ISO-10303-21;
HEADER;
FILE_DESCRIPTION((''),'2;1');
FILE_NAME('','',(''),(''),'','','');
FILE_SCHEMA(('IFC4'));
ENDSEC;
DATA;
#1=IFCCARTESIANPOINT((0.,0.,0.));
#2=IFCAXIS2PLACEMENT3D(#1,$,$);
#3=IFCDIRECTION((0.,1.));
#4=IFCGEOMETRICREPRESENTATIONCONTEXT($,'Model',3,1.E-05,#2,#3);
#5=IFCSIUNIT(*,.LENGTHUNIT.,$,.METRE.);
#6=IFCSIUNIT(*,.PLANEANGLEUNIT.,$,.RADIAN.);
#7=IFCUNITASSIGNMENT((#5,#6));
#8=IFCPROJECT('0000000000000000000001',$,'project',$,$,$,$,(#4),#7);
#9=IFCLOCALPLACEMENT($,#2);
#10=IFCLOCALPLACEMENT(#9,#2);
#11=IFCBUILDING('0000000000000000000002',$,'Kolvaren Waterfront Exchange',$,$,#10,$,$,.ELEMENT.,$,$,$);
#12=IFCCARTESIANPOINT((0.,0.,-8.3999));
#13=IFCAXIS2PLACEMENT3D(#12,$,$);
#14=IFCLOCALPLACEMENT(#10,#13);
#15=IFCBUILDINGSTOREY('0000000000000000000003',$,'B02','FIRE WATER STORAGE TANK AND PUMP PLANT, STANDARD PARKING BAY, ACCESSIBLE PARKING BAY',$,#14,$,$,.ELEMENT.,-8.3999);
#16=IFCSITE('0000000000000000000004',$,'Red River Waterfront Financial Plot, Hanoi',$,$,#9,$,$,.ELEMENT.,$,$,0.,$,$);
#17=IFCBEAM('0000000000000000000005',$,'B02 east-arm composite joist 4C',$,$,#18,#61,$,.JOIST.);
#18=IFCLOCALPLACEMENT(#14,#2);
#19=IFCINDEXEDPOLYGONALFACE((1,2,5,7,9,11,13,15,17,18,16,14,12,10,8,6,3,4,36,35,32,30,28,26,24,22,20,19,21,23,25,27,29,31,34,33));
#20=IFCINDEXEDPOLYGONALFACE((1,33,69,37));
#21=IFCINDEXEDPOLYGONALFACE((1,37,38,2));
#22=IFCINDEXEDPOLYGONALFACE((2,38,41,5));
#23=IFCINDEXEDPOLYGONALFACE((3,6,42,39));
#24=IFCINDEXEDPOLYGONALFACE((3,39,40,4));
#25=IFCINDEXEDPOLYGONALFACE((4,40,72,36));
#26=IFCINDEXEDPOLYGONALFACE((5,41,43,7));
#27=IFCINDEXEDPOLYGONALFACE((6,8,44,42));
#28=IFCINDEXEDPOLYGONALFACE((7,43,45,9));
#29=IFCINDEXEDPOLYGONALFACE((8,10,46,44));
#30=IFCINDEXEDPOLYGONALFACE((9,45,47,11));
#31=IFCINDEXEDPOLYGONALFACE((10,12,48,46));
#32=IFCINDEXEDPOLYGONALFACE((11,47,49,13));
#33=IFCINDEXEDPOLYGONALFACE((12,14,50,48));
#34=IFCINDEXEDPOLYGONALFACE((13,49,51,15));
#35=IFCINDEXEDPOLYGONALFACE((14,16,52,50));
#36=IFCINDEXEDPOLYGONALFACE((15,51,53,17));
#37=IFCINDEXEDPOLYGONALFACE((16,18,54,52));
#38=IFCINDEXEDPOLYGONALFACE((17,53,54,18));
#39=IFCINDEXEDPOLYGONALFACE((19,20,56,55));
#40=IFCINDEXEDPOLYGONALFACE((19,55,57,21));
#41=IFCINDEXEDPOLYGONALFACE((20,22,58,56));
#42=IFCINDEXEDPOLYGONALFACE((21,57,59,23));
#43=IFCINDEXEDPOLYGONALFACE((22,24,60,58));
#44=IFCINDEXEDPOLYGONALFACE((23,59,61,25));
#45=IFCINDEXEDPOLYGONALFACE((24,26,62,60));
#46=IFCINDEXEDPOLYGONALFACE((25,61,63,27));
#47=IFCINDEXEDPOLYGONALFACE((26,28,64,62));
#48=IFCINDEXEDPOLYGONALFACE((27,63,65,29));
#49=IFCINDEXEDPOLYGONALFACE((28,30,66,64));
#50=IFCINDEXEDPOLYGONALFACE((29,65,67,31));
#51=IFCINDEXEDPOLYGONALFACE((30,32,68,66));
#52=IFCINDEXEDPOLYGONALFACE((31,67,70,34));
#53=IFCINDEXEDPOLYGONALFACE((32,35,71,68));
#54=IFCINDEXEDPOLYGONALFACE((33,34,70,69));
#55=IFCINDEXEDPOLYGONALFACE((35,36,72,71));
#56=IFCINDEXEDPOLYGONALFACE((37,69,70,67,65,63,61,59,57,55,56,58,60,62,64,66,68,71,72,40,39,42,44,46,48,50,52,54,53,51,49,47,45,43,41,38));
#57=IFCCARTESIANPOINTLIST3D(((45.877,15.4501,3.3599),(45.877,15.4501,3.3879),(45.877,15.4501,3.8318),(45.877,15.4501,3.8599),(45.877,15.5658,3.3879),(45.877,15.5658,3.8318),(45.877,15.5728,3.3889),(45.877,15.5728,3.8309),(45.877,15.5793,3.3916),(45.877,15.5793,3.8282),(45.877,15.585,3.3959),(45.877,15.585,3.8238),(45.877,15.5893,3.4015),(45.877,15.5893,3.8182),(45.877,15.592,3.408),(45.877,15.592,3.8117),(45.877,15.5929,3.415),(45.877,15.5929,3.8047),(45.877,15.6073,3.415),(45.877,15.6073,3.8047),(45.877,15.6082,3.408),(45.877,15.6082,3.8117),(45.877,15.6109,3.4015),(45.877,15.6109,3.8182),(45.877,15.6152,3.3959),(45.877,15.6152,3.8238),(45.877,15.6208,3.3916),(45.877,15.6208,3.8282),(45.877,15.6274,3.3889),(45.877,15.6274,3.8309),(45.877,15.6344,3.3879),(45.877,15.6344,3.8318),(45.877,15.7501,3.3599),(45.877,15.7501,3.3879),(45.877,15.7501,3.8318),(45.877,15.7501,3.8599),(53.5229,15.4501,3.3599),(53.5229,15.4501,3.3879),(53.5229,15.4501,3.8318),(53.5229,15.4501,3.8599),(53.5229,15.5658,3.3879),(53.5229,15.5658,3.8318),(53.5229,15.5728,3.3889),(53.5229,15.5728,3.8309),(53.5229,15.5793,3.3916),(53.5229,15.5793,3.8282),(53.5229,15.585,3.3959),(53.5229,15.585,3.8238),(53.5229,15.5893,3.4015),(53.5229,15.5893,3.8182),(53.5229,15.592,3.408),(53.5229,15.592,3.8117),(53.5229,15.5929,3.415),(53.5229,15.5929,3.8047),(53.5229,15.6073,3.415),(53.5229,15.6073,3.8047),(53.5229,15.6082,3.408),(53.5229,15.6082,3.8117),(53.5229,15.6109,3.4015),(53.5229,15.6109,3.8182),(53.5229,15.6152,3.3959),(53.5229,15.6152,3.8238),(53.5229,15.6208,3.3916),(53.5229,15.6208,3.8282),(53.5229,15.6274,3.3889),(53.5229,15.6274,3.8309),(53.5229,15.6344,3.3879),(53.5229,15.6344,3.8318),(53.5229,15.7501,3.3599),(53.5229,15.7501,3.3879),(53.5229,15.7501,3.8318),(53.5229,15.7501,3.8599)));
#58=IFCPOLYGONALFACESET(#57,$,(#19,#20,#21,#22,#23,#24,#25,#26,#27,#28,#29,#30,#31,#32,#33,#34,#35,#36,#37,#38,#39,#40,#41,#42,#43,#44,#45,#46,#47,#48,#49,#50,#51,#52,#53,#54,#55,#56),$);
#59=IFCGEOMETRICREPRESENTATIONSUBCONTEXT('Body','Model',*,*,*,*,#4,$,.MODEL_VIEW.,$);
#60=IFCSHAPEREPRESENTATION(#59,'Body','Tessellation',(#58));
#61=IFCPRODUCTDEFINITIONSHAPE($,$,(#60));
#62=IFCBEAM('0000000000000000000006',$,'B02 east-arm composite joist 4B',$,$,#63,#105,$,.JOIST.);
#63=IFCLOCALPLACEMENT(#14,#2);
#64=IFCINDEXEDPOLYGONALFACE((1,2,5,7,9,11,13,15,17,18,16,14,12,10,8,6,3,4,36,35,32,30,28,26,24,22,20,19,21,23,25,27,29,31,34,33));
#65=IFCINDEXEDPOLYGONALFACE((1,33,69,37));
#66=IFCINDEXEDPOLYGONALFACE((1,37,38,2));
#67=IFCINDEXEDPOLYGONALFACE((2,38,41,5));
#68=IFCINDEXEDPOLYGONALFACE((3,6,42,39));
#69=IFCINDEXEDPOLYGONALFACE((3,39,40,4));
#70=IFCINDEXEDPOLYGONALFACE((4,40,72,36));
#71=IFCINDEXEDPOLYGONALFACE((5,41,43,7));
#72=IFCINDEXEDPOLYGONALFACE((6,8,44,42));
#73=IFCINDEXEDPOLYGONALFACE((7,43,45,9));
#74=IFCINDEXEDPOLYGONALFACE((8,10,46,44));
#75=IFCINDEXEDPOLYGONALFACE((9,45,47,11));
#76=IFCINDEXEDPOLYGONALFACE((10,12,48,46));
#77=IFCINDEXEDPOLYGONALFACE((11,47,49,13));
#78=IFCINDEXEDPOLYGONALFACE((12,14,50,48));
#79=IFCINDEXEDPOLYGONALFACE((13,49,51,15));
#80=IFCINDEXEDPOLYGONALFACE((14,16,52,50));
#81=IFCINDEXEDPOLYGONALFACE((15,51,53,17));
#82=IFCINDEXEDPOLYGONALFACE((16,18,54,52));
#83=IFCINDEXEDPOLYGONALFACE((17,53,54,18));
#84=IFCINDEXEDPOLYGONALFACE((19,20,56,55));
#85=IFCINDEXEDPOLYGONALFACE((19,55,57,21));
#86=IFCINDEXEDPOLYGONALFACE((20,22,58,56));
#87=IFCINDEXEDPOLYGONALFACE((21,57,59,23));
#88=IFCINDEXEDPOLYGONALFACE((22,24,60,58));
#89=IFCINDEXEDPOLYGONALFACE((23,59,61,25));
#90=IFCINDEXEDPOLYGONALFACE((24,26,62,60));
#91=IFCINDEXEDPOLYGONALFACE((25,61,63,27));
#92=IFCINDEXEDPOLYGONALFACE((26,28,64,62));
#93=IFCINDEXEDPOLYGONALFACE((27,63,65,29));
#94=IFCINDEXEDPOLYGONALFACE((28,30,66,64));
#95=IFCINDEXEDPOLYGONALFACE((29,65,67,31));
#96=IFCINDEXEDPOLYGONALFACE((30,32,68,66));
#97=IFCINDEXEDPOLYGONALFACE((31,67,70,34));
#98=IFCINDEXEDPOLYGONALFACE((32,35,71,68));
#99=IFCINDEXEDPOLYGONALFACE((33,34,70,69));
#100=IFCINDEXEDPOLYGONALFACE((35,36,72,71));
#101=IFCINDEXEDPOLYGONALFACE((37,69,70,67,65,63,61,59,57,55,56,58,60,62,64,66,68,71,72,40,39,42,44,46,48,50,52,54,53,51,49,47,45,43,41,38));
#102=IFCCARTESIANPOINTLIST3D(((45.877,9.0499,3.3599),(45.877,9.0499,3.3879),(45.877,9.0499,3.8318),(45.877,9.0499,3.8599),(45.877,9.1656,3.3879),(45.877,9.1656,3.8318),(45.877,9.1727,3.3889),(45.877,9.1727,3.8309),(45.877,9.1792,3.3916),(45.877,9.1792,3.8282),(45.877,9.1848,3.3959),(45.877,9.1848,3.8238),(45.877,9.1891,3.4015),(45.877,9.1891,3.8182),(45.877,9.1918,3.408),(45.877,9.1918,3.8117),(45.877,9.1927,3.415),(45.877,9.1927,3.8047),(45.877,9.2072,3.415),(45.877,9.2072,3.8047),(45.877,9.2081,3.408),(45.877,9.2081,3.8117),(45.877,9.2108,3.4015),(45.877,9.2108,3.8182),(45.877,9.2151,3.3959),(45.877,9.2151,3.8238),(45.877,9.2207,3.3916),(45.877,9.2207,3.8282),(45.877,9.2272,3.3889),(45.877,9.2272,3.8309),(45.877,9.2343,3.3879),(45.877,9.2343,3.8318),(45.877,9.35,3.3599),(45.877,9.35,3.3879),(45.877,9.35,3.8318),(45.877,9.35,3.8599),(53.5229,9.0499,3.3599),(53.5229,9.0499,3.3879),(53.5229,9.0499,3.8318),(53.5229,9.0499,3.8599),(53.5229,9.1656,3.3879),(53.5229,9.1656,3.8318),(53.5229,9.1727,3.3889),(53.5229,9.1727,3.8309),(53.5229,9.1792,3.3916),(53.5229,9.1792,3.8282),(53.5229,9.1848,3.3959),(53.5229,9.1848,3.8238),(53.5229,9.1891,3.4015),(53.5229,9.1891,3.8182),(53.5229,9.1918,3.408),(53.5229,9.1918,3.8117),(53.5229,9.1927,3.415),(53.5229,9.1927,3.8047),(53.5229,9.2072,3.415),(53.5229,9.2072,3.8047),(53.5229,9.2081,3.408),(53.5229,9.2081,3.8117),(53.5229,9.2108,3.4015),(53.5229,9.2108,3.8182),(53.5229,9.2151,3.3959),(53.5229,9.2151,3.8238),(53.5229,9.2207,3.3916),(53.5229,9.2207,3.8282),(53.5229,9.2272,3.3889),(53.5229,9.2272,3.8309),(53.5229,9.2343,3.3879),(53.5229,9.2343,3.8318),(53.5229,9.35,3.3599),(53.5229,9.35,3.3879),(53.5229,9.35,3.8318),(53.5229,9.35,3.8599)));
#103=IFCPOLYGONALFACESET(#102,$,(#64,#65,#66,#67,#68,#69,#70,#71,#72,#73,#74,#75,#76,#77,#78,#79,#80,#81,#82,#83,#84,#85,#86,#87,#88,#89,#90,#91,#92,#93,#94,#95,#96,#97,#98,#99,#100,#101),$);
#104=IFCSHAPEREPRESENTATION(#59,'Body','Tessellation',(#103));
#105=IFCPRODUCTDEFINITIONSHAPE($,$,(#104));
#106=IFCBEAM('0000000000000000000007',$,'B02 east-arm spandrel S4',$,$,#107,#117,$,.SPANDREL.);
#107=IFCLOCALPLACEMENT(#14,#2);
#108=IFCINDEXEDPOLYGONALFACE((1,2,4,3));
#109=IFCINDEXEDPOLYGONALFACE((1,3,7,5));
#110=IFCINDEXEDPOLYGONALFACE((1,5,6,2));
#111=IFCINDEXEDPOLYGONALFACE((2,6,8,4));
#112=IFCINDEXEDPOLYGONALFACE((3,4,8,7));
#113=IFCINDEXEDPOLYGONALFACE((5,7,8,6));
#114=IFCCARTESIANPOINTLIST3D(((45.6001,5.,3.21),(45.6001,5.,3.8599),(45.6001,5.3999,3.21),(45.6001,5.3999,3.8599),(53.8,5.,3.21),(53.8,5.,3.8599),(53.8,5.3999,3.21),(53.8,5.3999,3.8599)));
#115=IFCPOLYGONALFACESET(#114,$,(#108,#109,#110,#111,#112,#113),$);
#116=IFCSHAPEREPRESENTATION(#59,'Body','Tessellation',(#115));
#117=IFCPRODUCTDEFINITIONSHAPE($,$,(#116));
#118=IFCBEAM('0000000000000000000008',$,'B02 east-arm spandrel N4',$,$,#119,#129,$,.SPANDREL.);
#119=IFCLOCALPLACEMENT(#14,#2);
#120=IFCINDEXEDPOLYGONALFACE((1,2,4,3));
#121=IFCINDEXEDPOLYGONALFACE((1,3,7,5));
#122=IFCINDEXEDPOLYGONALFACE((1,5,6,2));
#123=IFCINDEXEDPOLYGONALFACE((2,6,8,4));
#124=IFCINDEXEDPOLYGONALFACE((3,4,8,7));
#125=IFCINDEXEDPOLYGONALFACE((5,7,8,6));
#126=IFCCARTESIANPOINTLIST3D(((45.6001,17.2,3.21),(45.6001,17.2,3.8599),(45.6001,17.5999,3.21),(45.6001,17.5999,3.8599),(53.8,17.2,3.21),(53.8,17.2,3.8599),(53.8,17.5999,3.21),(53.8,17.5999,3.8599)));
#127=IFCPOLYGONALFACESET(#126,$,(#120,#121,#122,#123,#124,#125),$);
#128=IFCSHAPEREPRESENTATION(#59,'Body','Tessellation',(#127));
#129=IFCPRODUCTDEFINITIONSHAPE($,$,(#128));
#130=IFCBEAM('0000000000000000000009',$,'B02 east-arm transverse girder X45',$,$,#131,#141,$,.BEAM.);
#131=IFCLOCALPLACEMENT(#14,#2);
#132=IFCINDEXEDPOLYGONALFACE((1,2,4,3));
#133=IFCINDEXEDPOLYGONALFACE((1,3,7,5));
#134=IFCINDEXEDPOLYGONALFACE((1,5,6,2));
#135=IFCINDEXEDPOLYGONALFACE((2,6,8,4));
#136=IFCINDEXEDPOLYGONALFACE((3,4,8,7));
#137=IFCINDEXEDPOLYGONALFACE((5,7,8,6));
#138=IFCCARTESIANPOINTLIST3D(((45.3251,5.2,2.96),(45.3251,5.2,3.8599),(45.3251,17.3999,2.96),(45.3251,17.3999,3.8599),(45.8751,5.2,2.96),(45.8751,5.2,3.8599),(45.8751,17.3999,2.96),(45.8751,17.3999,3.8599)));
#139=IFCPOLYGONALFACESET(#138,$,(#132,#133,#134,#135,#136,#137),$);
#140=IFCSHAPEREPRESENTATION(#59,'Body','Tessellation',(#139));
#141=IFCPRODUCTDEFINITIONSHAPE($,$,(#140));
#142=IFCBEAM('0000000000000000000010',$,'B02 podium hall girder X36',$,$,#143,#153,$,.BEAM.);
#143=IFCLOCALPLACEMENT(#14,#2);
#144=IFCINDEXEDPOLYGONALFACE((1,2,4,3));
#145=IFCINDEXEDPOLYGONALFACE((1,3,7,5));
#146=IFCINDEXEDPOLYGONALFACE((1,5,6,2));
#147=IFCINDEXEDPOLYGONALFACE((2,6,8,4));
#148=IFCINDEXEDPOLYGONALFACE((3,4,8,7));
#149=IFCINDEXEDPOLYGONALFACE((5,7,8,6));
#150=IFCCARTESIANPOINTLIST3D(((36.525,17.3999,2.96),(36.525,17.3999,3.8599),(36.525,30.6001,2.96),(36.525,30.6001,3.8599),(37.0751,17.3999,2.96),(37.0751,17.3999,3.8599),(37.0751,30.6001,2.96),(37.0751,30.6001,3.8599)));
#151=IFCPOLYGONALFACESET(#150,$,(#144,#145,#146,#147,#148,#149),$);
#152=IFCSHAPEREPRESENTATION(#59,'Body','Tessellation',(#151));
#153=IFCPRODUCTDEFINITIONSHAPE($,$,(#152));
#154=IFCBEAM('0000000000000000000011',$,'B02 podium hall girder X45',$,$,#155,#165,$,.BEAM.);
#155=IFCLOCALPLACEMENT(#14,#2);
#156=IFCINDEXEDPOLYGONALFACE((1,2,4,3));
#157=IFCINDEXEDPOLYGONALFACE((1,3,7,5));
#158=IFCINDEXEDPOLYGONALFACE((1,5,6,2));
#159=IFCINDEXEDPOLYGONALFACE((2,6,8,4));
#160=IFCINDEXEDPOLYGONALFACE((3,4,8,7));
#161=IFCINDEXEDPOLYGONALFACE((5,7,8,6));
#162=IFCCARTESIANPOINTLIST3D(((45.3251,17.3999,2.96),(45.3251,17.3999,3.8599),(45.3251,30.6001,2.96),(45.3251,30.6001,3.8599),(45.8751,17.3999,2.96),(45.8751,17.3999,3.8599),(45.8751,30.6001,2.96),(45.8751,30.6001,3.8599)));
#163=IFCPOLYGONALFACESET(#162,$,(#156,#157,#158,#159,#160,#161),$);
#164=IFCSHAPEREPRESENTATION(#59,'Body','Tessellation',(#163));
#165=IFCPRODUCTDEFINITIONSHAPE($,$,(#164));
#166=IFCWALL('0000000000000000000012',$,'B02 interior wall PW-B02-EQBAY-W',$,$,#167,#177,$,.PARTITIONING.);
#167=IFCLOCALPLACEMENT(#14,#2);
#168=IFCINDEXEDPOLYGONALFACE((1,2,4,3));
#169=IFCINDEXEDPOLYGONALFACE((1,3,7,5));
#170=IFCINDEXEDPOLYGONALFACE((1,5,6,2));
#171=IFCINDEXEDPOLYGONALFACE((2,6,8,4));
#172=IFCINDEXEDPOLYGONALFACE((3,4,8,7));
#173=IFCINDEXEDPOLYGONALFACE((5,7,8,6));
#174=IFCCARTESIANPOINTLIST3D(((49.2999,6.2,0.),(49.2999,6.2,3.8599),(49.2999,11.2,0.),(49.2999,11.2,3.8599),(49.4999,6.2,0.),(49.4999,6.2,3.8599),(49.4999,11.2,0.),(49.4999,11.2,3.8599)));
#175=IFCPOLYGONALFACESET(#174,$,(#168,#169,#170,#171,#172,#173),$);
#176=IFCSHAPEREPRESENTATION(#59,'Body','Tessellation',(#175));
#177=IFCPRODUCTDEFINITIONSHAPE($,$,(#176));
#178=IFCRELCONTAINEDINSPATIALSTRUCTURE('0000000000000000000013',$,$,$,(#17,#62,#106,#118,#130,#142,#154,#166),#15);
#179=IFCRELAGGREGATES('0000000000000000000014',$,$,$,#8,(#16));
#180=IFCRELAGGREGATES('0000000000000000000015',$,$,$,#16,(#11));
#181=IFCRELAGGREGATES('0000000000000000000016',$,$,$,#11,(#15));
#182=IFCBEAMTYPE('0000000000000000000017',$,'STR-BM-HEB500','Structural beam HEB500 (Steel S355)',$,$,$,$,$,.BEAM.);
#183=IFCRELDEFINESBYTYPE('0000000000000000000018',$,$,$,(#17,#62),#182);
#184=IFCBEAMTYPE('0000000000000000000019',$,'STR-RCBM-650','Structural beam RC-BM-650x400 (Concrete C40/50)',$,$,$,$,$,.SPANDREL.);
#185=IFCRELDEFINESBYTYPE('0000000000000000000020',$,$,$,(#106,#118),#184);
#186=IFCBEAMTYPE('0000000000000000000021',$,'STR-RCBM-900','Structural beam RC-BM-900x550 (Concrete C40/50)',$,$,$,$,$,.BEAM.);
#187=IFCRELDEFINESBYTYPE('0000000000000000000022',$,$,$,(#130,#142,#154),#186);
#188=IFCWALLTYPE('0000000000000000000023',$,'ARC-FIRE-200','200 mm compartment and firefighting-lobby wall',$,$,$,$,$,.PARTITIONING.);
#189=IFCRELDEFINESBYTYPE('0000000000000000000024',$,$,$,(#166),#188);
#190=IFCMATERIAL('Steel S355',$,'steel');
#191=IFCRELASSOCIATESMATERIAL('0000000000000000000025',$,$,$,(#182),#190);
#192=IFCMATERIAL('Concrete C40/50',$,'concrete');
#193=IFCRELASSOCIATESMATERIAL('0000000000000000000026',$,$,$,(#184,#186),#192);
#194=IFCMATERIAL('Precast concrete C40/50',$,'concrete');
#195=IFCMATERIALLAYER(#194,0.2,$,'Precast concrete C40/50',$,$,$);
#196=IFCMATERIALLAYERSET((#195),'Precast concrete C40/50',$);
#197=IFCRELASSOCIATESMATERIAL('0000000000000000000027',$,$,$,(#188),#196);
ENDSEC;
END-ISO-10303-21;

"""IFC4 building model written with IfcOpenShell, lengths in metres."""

from ifc_helpers import new_model, si_unit, direction, frame, frame_2d, origin, origin_2d, place, context, subcontext, project, spatial, rectangle, i_section, extrude, material, layer, layer_set, material_profile, profile_set, type_object, element, save


model = new_model("IFC4")

# Units and contexts
model_context = context("Model", 3, precision=1e-05, world=origin(), true_north=direction((0.0, 1.0)))
body_context = subcontext(model_context, "Body", "Model", "MODEL_VIEW")
ifc_project = project(units=[si_unit("LENGTHUNIT", "METRE"), si_unit("PLANEANGLEUNIT", "RADIAN")], contexts=[model_context])

# Site, building, storey
site_placement = place(None, origin())
site = spatial("IfcSite", under=ifc_project, at=site_placement, Name="Red River Waterfront Financial Plot, Hanoi", CompositionType="ELEMENT", RefElevation=0.0)
building_placement = place(site_placement, origin())
building = spatial("IfcBuilding", under=site, at=building_placement, Name="Kolvaren Waterfront Exchange", CompositionType="ELEMENT")
storey_placement = place(building_placement, frame((0.0, 0.0, -8.3999)))
storey = spatial("IfcBuildingStorey", under=building, at=storey_placement, Name="B02", Description="FIRE WATER STORAGE TANK AND PUMP PLANT, STANDARD PARKING BAY, ACCESSIBLE PARKING BAY", CompositionType="ELEMENT", Elevation=-8.3999)

# Beams
ifc_material_1 = material(Name="Steel S355", Category="steel")
ifc_material_profile_1 = material_profile(ifc_material_1, i_section(OverallWidth=0.3, OverallDepth=0.5, WebThickness=0.0144, FlangeThickness=0.0281, FilletRadius=0.0271, at=origin_2d()), Name="HEB500")
ifc_profile_set_1 = profile_set([ifc_material_profile_1], Name="Steel S355")
beam_type_1 = type_object("IfcBeamType", Name="STR-BM-HEB500", Description="Structural beam HEB500 (Steel S355)", PredefinedType="BEAM", material=ifc_profile_set_1)
for number, where, z_axis, x_axis, name in (
    (1, (45.877, 15.6001, 3.6099), (1.0, 0.0, 0.0), (0.0, 1.0, 0.0), "B02 east-arm composite joist 4C"),
    (2, (45.877, 9.2, 3.6099), (1.0, 0.0, 0.0), (0.0, 1.0, 0.0), "B02 east-arm composite joist 4B"),
):
    element("IfcBeam", number, at=place(storey_placement, frame(where, z_axis=z_axis, x_axis=x_axis)), inside=storey, type_object=beam_type_1, Name=name, PredefinedType="JOIST", context=body_context, shape_type="SweptSolid", body=[
        extrude(i_section(OverallWidth=0.3, OverallDepth=0.5, WebThickness=0.0144, FlangeThickness=0.0281, FilletRadius=0.0271, at=origin_2d()), origin(), (0.0, 0.0, 1.0), 7.646),
    ])
ifc_material_2 = material(Name="Concrete C40/50", Category="concrete")
ifc_material_profile_2 = material_profile(ifc_material_2, rectangle(XDim=0.3999, YDim=0.6499, at=origin_2d()), Name="RC-BM-650x400")
ifc_profile_set_2 = profile_set([ifc_material_profile_2], Name="Concrete C40/50")
beam_type_2 = type_object("IfcBeamType", Name="STR-RCBM-650", Description="Structural beam RC-BM-650x400 (Concrete C40/50)", PredefinedType="SPANDREL", material=ifc_profile_set_2)
for number, where, z_axis, x_axis, name in (
    (3, (45.6001, 5.2, 3.5349), (1.0, 0.0, 0.0), (0.0, 1.0, 0.0), "B02 east-arm spandrel S4"),
    (4, (45.6001, 17.3999, 3.5349), (1.0, 0.0, 0.0), (0.0, 1.0, 0.0), "B02 east-arm spandrel N4"),
):
    element("IfcBeam", number, at=place(storey_placement, frame(where, z_axis=z_axis, x_axis=x_axis)), inside=storey, type_object=beam_type_2, Name=name, PredefinedType="SPANDREL", context=body_context, shape_type="SweptSolid", body=[
        extrude(rectangle(XDim=0.3999, YDim=0.6499, at=origin_2d()), origin(), (0.0, 0.0, 1.0), 8.2),
    ])
ifc_material_profile_3 = material_profile(ifc_material_2, rectangle(XDim=0.55, YDim=0.8999, at=origin_2d()), Name="RC-BM-900x550")
ifc_profile_set_3 = profile_set([ifc_material_profile_3], Name="Concrete C40/50")
beam_type_3 = type_object("IfcBeamType", Name="STR-RCBM-900", Description="Structural beam RC-BM-900x550 (Concrete C40/50)", PredefinedType="BEAM", material=ifc_profile_set_3)
beam_placement = place(storey_placement, frame((45.6001, 5.2, 3.4099), z_axis=(0.0, 1.0, 0.0), x_axis=(-1.0, 0.0, 0.0)))
element("IfcBeam", 5, at=beam_placement, inside=storey, type_object=beam_type_3, Name="B02 east-arm transverse girder X45", PredefinedType="BEAM", context=body_context, shape_type="SweptSolid", body=[
    extrude(rectangle(XDim=0.55, YDim=0.8999, at=origin_2d()), origin(), (0.0, 0.0, 1.0), 12.2),
])
for number, where, z_axis, x_axis, name in (
    (6, (36.8, 17.3999, 3.4099), (0.0, 1.0, 0.0), (-1.0, 0.0, 0.0), "B02 podium hall girder X36"),
    (7, (45.6001, 17.3999, 3.4099), (0.0, 1.0, 0.0), (-1.0, 0.0, 0.0), "B02 podium hall girder X45"),
):
    element("IfcBeam", number, at=place(storey_placement, frame(where, z_axis=z_axis, x_axis=x_axis)), inside=storey, type_object=beam_type_3, Name=name, PredefinedType="BEAM", context=body_context, shape_type="SweptSolid", body=[
        extrude(rectangle(XDim=0.55, YDim=0.8999, at=origin_2d()), origin(), (0.0, 0.0, 1.0), 13.2002),
    ])

# Wall
ifc_material_3 = material(Name="Precast concrete C40/50", Category="concrete")
ifc_layer = layer(ifc_material_3, 0.2, Name="Precast concrete C40/50")
ifc_layer_set = layer_set([ifc_layer], Name="Precast concrete C40/50")
wall_type = type_object("IfcWallType", Name="ARC-FIRE-200", Description="200 mm compartment and firefighting-lobby wall", PredefinedType="PARTITIONING", material=ifc_layer_set)
wall_placement = place(storey_placement, frame((49.3999, 6.2, 0.0), z_axis=(0.0, 0.0, 1.0), x_axis=(0.0, 1.0, 0.0)))
element("IfcWall", 8, at=wall_placement, inside=storey, type_object=wall_type, Name="B02 interior wall PW-B02-EQBAY-W", PredefinedType="PARTITIONING", context=body_context, shape_type="SweptSolid", body=[
    extrude(rectangle(XDim=5.0, YDim=0.2, at=frame_2d((2.5, 0.0))), origin(), (0.0, 0.0, 1.0), 3.8599),
])

save(model, "model.ifc")
